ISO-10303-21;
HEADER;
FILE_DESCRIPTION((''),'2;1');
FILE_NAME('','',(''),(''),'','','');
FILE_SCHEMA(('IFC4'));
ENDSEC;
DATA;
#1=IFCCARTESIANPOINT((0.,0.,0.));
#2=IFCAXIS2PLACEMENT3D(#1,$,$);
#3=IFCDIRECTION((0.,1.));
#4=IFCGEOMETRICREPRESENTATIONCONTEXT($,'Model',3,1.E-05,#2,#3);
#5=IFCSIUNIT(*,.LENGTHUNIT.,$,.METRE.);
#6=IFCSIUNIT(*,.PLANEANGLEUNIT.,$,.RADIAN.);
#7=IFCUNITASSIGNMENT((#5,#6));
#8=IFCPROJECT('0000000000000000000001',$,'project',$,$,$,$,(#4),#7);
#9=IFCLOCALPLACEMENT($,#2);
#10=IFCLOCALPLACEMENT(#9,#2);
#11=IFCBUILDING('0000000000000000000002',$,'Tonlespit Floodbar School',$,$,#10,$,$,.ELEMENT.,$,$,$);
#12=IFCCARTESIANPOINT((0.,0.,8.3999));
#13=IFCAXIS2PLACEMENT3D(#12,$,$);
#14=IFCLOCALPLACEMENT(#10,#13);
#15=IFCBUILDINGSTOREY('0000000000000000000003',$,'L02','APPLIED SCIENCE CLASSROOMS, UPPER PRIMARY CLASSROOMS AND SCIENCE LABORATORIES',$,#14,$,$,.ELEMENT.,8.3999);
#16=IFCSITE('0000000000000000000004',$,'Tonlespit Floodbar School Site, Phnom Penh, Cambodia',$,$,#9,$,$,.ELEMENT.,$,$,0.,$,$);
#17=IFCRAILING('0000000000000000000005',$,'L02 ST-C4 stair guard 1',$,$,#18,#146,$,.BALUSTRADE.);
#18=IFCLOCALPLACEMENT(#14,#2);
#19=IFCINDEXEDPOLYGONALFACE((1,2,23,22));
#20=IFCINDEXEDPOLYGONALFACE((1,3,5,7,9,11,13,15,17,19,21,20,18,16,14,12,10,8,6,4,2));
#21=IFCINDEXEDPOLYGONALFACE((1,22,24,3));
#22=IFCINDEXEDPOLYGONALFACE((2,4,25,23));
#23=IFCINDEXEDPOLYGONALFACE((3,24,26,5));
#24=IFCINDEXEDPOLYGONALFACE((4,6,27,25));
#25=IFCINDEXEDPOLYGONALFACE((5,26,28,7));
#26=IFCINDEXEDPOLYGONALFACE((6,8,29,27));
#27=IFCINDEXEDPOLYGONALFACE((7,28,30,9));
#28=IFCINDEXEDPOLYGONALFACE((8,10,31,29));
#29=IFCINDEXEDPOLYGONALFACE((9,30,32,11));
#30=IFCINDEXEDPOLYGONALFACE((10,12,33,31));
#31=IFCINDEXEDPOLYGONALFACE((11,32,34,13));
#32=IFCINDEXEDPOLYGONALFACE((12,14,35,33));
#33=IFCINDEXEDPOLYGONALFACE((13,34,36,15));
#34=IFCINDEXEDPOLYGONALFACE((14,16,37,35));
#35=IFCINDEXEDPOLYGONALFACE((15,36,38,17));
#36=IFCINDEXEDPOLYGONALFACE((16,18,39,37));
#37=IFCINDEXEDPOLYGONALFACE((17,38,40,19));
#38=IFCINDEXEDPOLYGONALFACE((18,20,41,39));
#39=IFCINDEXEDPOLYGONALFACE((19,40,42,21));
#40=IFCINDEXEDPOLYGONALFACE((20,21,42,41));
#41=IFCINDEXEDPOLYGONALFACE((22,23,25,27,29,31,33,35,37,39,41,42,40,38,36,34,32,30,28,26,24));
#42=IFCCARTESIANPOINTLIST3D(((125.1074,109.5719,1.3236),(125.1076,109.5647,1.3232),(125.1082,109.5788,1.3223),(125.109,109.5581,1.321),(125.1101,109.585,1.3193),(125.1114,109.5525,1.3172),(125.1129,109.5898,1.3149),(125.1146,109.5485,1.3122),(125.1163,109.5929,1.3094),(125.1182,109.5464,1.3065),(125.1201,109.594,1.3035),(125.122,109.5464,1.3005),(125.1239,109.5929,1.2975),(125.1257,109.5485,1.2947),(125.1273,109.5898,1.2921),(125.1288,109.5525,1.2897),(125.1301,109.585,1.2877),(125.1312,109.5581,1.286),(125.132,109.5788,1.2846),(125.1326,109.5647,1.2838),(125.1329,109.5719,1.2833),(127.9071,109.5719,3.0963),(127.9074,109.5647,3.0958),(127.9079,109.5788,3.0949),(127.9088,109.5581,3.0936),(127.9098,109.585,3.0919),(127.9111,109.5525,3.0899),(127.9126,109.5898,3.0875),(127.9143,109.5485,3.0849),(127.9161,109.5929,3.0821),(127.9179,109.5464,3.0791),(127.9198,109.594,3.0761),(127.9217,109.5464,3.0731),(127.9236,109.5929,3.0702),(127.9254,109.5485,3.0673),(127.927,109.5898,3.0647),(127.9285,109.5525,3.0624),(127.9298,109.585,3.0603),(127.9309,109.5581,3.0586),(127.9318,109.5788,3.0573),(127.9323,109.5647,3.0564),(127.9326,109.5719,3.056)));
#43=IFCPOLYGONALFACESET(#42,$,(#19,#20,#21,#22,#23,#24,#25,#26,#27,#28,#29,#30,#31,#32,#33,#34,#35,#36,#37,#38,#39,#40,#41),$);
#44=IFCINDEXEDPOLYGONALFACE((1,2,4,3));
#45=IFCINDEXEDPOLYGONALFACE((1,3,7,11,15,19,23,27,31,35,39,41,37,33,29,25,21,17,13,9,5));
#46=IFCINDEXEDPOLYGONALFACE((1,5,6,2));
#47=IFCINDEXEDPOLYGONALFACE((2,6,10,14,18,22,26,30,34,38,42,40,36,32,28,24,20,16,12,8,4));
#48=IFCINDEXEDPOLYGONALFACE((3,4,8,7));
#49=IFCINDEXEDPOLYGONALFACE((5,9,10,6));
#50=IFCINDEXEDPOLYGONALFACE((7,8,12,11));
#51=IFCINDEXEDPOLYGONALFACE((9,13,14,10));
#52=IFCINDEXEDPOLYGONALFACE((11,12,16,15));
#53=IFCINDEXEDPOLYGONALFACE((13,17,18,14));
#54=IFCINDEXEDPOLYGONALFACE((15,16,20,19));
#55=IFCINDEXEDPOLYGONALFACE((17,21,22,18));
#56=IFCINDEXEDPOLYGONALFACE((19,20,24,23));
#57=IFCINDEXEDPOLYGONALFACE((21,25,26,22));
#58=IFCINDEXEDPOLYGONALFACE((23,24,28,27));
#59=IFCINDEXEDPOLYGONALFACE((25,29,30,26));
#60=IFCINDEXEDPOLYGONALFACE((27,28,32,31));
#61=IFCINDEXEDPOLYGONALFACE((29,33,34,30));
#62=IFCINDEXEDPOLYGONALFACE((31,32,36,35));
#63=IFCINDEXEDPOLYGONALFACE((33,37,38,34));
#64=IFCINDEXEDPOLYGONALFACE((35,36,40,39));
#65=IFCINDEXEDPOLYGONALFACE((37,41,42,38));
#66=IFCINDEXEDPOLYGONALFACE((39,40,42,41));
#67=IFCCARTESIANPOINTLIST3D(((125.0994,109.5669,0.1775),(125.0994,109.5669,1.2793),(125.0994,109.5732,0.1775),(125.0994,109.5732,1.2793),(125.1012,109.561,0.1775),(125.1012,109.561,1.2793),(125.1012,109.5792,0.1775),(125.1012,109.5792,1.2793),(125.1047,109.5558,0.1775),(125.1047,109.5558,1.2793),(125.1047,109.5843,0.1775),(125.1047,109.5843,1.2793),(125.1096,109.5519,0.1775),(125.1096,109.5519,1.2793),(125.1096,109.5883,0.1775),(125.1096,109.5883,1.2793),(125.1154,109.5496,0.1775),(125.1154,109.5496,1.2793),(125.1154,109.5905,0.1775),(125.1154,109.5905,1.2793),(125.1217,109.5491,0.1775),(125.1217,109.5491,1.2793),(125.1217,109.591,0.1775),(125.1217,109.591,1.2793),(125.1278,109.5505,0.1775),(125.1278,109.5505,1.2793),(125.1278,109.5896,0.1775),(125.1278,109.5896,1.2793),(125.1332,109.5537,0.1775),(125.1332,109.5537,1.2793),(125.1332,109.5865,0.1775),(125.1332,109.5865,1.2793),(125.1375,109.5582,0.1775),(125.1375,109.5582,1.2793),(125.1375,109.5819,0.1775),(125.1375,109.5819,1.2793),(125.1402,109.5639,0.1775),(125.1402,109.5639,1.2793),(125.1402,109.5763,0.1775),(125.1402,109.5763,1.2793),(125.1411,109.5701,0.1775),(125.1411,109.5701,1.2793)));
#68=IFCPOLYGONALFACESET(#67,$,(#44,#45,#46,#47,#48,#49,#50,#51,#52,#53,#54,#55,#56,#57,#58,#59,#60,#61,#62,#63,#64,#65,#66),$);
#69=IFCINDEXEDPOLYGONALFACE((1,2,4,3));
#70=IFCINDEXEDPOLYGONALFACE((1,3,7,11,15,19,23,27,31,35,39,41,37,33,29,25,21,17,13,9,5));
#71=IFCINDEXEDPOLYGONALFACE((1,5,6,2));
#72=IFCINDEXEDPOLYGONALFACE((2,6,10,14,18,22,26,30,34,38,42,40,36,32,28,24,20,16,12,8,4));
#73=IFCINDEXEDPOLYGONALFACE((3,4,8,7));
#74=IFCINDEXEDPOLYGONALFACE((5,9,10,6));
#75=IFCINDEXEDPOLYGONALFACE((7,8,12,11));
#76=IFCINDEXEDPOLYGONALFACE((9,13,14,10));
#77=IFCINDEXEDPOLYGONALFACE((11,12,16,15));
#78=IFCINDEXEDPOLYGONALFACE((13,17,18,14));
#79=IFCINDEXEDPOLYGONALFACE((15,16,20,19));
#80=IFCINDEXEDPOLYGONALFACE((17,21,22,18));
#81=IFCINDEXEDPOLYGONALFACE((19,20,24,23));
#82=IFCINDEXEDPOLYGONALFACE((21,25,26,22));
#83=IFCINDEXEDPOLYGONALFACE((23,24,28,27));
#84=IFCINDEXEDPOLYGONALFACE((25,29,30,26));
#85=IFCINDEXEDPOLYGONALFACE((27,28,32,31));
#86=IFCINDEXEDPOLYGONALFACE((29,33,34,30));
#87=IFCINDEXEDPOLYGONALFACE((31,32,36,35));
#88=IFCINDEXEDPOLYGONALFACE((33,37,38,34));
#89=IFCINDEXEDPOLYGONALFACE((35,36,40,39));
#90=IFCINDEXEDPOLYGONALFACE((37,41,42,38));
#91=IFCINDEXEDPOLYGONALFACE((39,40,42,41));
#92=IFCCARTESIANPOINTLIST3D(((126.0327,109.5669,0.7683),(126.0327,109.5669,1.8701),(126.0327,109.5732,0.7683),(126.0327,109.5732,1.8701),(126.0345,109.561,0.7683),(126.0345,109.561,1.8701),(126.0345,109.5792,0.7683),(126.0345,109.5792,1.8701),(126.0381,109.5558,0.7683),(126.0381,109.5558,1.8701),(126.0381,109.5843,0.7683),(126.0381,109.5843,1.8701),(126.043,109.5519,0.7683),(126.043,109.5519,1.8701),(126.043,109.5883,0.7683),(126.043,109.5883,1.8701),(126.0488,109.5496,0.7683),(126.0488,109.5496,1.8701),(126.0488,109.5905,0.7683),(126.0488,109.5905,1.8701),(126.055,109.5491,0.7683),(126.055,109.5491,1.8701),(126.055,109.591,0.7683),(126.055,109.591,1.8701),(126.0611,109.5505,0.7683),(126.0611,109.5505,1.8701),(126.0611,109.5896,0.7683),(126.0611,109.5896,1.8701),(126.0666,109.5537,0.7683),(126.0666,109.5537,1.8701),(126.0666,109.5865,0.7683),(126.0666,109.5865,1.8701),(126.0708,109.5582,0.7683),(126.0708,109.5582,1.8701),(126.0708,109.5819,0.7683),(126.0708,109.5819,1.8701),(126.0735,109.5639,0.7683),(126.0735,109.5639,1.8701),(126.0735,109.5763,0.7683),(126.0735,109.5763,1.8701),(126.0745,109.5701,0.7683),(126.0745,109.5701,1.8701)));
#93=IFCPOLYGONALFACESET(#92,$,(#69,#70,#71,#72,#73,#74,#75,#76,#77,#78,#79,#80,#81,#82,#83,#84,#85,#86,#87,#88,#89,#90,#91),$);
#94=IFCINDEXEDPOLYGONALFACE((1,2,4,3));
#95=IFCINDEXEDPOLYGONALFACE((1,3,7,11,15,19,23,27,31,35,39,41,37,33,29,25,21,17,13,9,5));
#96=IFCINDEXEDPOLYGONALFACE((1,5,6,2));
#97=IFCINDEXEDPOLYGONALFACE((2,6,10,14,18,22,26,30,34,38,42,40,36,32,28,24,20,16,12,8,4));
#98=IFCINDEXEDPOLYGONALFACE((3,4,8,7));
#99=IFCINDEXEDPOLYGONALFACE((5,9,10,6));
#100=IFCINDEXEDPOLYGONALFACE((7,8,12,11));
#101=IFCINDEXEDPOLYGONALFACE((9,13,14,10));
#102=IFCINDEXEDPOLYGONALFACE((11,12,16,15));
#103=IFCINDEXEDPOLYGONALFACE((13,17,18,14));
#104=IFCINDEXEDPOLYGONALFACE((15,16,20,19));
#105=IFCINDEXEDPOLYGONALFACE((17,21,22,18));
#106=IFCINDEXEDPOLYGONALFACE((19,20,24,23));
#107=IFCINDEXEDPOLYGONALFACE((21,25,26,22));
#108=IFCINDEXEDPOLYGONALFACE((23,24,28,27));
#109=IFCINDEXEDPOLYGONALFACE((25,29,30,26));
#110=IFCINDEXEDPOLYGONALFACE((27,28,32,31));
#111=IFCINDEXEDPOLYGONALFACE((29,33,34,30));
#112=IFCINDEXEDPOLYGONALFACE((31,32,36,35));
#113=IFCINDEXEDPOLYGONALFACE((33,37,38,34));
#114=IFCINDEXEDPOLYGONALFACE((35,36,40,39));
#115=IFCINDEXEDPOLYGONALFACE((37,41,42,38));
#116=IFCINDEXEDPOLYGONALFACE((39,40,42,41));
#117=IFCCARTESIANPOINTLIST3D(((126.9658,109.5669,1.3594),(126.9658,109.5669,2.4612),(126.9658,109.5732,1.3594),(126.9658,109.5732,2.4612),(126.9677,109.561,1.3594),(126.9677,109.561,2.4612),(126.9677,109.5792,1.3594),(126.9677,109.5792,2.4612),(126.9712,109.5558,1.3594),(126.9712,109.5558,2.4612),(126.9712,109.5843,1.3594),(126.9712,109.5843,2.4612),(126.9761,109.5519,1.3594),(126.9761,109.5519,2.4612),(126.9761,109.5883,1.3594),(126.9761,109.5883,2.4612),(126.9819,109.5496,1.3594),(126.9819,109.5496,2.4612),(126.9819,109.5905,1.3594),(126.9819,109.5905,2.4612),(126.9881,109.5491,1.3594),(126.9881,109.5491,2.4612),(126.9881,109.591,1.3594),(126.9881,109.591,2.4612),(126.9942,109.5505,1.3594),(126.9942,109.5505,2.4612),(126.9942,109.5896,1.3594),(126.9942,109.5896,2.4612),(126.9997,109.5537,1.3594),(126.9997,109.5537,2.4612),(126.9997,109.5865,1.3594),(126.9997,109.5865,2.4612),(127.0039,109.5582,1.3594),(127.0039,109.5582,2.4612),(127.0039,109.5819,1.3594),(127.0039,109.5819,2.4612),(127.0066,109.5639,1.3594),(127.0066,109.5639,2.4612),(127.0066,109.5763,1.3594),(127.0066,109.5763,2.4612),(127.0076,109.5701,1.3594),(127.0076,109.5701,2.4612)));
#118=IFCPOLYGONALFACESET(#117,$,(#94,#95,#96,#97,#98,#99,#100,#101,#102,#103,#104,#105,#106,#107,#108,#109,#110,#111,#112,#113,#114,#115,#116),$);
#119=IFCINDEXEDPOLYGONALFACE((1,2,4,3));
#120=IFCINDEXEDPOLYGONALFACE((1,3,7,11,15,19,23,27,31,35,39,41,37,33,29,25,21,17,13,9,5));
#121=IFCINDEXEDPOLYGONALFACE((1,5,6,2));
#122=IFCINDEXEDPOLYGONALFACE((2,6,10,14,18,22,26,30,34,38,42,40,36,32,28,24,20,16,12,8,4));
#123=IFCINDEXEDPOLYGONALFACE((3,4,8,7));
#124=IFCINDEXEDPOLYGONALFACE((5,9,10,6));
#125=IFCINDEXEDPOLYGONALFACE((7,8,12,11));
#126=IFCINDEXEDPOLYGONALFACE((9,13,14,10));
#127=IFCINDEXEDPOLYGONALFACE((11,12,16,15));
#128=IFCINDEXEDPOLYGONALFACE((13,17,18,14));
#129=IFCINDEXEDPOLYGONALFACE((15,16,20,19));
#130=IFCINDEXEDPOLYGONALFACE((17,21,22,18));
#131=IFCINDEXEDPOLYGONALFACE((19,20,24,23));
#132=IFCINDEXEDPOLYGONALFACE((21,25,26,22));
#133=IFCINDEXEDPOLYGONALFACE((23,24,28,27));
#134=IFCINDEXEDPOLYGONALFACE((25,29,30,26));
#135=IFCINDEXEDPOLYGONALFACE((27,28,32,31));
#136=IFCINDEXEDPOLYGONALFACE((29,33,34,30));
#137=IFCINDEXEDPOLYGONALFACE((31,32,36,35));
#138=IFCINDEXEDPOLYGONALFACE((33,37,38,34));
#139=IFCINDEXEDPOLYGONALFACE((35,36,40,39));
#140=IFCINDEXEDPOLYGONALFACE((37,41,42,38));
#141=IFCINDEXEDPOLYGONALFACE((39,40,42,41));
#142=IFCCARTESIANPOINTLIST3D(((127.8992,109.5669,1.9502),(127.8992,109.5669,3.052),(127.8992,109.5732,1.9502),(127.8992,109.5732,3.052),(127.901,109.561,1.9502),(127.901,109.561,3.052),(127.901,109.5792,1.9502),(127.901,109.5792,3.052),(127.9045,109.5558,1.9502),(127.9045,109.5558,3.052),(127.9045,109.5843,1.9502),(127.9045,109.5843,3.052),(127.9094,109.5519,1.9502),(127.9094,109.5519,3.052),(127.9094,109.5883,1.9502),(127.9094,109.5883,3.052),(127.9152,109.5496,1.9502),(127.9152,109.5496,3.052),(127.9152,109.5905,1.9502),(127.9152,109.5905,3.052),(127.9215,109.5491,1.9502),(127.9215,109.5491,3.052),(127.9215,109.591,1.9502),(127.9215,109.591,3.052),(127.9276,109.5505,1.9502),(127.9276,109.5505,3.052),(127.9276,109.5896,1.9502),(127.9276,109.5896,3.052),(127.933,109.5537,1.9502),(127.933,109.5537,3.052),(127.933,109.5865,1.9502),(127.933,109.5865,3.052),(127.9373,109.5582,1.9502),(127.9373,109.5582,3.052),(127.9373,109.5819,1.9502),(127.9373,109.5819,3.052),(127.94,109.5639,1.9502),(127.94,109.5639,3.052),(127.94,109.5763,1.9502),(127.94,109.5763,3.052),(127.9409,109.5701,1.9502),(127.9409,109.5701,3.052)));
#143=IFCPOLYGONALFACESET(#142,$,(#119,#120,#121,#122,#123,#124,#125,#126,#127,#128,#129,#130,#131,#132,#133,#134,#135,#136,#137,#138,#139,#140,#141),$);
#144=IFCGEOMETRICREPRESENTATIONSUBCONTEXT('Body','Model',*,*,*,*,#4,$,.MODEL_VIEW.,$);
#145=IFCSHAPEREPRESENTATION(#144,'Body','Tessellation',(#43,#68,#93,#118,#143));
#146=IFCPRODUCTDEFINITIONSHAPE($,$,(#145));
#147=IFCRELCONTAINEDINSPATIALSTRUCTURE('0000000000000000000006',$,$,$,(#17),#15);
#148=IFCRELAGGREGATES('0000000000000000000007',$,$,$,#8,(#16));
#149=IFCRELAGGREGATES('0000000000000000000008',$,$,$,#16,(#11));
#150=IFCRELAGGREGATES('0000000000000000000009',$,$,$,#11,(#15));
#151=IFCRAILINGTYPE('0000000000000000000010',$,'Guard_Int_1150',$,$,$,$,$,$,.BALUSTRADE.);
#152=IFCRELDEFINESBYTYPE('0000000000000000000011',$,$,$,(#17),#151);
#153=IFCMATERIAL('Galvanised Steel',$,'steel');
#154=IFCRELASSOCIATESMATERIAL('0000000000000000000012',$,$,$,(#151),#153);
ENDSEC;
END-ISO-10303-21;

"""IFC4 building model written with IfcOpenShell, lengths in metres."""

from ifc_helpers import new_model, si_unit, direction, frame, origin, origin_2d, place, context, subcontext, project, spatial, circle, extrude, material, type_object, element, save


model = new_model("IFC4")

# Units and contexts
model_context = context("Model", 3, precision=1e-05, world=origin(), true_north=direction((0.0, 1.0)))
body_context = subcontext(model_context, "Body", "Model", "MODEL_VIEW")
ifc_project = project(units=[si_unit("LENGTHUNIT", "METRE"), si_unit("PLANEANGLEUNIT", "RADIAN")], contexts=[model_context])

# Site, building, storey
site_placement = place(None, origin())
site = spatial("IfcSite", under=ifc_project, at=site_placement, Name="Tonlespit Floodbar School Site, Phnom Penh, Cambodia", CompositionType="ELEMENT", RefElevation=0.0)
building_placement = place(site_placement, origin())
building = spatial("IfcBuilding", under=site, at=building_placement, Name="Tonlespit Floodbar School", CompositionType="ELEMENT")
storey_placement = place(building_placement, frame((0.0, 0.0, 8.3999)))
storey = spatial("IfcBuildingStorey", under=building, at=storey_placement, Name="L02", Description="APPLIED SCIENCE CLASSROOMS, UPPER PRIMARY CLASSROOMS AND SCIENCE LABORATORIES", CompositionType="ELEMENT", Elevation=8.3999)

# Railing
ifc_material_1 = material(Name="Galvanised Steel", Category="steel")
railing_type_1 = type_object("IfcRailingType", Name="Guard_Int_1150", PredefinedType="BALUSTRADE", material=ifc_material_1)
railing_1_placement = place(storey_placement, frame((125.1201, 109.5701, 0.1775)))
element("IfcRailing", 1, at=railing_1_placement, inside=storey, type_object=railing_type_1, Name="L02 ST-C4 stair guard 1", PredefinedType="BALUSTRADE", context=body_context, shape_type="SweptSolid", body=[
    extrude(circle(Radius=0.0239, at=origin_2d()), frame((0.0, 0.0, 1.126), z_axis=(0.844888, 0.0, 0.534943), x_axis=(0.0, 1.0, 0.0)), (0.0, 0.0, 1.0), 3.3137),
    extrude(circle(Radius=0.021, at=origin_2d()), origin(), (0.0, 0.0, 1.0), 1.1018),
    extrude(circle(Radius=0.021, at=origin_2d()), frame((0.9333, 0.0, 0.5908)), (0.0, 0.0, 1.0), 1.1018),
    extrude(circle(Radius=0.021, at=origin_2d()), frame((1.8665, 0.0, 1.1819)), (0.0, 0.0, 1.0), 1.1018),
    extrude(circle(Radius=0.021, at=origin_2d()), frame((2.7998, 0.0, 1.7727)), (0.0, 0.0, 1.0), 1.1018),
])

save(model, "model.ifc")
